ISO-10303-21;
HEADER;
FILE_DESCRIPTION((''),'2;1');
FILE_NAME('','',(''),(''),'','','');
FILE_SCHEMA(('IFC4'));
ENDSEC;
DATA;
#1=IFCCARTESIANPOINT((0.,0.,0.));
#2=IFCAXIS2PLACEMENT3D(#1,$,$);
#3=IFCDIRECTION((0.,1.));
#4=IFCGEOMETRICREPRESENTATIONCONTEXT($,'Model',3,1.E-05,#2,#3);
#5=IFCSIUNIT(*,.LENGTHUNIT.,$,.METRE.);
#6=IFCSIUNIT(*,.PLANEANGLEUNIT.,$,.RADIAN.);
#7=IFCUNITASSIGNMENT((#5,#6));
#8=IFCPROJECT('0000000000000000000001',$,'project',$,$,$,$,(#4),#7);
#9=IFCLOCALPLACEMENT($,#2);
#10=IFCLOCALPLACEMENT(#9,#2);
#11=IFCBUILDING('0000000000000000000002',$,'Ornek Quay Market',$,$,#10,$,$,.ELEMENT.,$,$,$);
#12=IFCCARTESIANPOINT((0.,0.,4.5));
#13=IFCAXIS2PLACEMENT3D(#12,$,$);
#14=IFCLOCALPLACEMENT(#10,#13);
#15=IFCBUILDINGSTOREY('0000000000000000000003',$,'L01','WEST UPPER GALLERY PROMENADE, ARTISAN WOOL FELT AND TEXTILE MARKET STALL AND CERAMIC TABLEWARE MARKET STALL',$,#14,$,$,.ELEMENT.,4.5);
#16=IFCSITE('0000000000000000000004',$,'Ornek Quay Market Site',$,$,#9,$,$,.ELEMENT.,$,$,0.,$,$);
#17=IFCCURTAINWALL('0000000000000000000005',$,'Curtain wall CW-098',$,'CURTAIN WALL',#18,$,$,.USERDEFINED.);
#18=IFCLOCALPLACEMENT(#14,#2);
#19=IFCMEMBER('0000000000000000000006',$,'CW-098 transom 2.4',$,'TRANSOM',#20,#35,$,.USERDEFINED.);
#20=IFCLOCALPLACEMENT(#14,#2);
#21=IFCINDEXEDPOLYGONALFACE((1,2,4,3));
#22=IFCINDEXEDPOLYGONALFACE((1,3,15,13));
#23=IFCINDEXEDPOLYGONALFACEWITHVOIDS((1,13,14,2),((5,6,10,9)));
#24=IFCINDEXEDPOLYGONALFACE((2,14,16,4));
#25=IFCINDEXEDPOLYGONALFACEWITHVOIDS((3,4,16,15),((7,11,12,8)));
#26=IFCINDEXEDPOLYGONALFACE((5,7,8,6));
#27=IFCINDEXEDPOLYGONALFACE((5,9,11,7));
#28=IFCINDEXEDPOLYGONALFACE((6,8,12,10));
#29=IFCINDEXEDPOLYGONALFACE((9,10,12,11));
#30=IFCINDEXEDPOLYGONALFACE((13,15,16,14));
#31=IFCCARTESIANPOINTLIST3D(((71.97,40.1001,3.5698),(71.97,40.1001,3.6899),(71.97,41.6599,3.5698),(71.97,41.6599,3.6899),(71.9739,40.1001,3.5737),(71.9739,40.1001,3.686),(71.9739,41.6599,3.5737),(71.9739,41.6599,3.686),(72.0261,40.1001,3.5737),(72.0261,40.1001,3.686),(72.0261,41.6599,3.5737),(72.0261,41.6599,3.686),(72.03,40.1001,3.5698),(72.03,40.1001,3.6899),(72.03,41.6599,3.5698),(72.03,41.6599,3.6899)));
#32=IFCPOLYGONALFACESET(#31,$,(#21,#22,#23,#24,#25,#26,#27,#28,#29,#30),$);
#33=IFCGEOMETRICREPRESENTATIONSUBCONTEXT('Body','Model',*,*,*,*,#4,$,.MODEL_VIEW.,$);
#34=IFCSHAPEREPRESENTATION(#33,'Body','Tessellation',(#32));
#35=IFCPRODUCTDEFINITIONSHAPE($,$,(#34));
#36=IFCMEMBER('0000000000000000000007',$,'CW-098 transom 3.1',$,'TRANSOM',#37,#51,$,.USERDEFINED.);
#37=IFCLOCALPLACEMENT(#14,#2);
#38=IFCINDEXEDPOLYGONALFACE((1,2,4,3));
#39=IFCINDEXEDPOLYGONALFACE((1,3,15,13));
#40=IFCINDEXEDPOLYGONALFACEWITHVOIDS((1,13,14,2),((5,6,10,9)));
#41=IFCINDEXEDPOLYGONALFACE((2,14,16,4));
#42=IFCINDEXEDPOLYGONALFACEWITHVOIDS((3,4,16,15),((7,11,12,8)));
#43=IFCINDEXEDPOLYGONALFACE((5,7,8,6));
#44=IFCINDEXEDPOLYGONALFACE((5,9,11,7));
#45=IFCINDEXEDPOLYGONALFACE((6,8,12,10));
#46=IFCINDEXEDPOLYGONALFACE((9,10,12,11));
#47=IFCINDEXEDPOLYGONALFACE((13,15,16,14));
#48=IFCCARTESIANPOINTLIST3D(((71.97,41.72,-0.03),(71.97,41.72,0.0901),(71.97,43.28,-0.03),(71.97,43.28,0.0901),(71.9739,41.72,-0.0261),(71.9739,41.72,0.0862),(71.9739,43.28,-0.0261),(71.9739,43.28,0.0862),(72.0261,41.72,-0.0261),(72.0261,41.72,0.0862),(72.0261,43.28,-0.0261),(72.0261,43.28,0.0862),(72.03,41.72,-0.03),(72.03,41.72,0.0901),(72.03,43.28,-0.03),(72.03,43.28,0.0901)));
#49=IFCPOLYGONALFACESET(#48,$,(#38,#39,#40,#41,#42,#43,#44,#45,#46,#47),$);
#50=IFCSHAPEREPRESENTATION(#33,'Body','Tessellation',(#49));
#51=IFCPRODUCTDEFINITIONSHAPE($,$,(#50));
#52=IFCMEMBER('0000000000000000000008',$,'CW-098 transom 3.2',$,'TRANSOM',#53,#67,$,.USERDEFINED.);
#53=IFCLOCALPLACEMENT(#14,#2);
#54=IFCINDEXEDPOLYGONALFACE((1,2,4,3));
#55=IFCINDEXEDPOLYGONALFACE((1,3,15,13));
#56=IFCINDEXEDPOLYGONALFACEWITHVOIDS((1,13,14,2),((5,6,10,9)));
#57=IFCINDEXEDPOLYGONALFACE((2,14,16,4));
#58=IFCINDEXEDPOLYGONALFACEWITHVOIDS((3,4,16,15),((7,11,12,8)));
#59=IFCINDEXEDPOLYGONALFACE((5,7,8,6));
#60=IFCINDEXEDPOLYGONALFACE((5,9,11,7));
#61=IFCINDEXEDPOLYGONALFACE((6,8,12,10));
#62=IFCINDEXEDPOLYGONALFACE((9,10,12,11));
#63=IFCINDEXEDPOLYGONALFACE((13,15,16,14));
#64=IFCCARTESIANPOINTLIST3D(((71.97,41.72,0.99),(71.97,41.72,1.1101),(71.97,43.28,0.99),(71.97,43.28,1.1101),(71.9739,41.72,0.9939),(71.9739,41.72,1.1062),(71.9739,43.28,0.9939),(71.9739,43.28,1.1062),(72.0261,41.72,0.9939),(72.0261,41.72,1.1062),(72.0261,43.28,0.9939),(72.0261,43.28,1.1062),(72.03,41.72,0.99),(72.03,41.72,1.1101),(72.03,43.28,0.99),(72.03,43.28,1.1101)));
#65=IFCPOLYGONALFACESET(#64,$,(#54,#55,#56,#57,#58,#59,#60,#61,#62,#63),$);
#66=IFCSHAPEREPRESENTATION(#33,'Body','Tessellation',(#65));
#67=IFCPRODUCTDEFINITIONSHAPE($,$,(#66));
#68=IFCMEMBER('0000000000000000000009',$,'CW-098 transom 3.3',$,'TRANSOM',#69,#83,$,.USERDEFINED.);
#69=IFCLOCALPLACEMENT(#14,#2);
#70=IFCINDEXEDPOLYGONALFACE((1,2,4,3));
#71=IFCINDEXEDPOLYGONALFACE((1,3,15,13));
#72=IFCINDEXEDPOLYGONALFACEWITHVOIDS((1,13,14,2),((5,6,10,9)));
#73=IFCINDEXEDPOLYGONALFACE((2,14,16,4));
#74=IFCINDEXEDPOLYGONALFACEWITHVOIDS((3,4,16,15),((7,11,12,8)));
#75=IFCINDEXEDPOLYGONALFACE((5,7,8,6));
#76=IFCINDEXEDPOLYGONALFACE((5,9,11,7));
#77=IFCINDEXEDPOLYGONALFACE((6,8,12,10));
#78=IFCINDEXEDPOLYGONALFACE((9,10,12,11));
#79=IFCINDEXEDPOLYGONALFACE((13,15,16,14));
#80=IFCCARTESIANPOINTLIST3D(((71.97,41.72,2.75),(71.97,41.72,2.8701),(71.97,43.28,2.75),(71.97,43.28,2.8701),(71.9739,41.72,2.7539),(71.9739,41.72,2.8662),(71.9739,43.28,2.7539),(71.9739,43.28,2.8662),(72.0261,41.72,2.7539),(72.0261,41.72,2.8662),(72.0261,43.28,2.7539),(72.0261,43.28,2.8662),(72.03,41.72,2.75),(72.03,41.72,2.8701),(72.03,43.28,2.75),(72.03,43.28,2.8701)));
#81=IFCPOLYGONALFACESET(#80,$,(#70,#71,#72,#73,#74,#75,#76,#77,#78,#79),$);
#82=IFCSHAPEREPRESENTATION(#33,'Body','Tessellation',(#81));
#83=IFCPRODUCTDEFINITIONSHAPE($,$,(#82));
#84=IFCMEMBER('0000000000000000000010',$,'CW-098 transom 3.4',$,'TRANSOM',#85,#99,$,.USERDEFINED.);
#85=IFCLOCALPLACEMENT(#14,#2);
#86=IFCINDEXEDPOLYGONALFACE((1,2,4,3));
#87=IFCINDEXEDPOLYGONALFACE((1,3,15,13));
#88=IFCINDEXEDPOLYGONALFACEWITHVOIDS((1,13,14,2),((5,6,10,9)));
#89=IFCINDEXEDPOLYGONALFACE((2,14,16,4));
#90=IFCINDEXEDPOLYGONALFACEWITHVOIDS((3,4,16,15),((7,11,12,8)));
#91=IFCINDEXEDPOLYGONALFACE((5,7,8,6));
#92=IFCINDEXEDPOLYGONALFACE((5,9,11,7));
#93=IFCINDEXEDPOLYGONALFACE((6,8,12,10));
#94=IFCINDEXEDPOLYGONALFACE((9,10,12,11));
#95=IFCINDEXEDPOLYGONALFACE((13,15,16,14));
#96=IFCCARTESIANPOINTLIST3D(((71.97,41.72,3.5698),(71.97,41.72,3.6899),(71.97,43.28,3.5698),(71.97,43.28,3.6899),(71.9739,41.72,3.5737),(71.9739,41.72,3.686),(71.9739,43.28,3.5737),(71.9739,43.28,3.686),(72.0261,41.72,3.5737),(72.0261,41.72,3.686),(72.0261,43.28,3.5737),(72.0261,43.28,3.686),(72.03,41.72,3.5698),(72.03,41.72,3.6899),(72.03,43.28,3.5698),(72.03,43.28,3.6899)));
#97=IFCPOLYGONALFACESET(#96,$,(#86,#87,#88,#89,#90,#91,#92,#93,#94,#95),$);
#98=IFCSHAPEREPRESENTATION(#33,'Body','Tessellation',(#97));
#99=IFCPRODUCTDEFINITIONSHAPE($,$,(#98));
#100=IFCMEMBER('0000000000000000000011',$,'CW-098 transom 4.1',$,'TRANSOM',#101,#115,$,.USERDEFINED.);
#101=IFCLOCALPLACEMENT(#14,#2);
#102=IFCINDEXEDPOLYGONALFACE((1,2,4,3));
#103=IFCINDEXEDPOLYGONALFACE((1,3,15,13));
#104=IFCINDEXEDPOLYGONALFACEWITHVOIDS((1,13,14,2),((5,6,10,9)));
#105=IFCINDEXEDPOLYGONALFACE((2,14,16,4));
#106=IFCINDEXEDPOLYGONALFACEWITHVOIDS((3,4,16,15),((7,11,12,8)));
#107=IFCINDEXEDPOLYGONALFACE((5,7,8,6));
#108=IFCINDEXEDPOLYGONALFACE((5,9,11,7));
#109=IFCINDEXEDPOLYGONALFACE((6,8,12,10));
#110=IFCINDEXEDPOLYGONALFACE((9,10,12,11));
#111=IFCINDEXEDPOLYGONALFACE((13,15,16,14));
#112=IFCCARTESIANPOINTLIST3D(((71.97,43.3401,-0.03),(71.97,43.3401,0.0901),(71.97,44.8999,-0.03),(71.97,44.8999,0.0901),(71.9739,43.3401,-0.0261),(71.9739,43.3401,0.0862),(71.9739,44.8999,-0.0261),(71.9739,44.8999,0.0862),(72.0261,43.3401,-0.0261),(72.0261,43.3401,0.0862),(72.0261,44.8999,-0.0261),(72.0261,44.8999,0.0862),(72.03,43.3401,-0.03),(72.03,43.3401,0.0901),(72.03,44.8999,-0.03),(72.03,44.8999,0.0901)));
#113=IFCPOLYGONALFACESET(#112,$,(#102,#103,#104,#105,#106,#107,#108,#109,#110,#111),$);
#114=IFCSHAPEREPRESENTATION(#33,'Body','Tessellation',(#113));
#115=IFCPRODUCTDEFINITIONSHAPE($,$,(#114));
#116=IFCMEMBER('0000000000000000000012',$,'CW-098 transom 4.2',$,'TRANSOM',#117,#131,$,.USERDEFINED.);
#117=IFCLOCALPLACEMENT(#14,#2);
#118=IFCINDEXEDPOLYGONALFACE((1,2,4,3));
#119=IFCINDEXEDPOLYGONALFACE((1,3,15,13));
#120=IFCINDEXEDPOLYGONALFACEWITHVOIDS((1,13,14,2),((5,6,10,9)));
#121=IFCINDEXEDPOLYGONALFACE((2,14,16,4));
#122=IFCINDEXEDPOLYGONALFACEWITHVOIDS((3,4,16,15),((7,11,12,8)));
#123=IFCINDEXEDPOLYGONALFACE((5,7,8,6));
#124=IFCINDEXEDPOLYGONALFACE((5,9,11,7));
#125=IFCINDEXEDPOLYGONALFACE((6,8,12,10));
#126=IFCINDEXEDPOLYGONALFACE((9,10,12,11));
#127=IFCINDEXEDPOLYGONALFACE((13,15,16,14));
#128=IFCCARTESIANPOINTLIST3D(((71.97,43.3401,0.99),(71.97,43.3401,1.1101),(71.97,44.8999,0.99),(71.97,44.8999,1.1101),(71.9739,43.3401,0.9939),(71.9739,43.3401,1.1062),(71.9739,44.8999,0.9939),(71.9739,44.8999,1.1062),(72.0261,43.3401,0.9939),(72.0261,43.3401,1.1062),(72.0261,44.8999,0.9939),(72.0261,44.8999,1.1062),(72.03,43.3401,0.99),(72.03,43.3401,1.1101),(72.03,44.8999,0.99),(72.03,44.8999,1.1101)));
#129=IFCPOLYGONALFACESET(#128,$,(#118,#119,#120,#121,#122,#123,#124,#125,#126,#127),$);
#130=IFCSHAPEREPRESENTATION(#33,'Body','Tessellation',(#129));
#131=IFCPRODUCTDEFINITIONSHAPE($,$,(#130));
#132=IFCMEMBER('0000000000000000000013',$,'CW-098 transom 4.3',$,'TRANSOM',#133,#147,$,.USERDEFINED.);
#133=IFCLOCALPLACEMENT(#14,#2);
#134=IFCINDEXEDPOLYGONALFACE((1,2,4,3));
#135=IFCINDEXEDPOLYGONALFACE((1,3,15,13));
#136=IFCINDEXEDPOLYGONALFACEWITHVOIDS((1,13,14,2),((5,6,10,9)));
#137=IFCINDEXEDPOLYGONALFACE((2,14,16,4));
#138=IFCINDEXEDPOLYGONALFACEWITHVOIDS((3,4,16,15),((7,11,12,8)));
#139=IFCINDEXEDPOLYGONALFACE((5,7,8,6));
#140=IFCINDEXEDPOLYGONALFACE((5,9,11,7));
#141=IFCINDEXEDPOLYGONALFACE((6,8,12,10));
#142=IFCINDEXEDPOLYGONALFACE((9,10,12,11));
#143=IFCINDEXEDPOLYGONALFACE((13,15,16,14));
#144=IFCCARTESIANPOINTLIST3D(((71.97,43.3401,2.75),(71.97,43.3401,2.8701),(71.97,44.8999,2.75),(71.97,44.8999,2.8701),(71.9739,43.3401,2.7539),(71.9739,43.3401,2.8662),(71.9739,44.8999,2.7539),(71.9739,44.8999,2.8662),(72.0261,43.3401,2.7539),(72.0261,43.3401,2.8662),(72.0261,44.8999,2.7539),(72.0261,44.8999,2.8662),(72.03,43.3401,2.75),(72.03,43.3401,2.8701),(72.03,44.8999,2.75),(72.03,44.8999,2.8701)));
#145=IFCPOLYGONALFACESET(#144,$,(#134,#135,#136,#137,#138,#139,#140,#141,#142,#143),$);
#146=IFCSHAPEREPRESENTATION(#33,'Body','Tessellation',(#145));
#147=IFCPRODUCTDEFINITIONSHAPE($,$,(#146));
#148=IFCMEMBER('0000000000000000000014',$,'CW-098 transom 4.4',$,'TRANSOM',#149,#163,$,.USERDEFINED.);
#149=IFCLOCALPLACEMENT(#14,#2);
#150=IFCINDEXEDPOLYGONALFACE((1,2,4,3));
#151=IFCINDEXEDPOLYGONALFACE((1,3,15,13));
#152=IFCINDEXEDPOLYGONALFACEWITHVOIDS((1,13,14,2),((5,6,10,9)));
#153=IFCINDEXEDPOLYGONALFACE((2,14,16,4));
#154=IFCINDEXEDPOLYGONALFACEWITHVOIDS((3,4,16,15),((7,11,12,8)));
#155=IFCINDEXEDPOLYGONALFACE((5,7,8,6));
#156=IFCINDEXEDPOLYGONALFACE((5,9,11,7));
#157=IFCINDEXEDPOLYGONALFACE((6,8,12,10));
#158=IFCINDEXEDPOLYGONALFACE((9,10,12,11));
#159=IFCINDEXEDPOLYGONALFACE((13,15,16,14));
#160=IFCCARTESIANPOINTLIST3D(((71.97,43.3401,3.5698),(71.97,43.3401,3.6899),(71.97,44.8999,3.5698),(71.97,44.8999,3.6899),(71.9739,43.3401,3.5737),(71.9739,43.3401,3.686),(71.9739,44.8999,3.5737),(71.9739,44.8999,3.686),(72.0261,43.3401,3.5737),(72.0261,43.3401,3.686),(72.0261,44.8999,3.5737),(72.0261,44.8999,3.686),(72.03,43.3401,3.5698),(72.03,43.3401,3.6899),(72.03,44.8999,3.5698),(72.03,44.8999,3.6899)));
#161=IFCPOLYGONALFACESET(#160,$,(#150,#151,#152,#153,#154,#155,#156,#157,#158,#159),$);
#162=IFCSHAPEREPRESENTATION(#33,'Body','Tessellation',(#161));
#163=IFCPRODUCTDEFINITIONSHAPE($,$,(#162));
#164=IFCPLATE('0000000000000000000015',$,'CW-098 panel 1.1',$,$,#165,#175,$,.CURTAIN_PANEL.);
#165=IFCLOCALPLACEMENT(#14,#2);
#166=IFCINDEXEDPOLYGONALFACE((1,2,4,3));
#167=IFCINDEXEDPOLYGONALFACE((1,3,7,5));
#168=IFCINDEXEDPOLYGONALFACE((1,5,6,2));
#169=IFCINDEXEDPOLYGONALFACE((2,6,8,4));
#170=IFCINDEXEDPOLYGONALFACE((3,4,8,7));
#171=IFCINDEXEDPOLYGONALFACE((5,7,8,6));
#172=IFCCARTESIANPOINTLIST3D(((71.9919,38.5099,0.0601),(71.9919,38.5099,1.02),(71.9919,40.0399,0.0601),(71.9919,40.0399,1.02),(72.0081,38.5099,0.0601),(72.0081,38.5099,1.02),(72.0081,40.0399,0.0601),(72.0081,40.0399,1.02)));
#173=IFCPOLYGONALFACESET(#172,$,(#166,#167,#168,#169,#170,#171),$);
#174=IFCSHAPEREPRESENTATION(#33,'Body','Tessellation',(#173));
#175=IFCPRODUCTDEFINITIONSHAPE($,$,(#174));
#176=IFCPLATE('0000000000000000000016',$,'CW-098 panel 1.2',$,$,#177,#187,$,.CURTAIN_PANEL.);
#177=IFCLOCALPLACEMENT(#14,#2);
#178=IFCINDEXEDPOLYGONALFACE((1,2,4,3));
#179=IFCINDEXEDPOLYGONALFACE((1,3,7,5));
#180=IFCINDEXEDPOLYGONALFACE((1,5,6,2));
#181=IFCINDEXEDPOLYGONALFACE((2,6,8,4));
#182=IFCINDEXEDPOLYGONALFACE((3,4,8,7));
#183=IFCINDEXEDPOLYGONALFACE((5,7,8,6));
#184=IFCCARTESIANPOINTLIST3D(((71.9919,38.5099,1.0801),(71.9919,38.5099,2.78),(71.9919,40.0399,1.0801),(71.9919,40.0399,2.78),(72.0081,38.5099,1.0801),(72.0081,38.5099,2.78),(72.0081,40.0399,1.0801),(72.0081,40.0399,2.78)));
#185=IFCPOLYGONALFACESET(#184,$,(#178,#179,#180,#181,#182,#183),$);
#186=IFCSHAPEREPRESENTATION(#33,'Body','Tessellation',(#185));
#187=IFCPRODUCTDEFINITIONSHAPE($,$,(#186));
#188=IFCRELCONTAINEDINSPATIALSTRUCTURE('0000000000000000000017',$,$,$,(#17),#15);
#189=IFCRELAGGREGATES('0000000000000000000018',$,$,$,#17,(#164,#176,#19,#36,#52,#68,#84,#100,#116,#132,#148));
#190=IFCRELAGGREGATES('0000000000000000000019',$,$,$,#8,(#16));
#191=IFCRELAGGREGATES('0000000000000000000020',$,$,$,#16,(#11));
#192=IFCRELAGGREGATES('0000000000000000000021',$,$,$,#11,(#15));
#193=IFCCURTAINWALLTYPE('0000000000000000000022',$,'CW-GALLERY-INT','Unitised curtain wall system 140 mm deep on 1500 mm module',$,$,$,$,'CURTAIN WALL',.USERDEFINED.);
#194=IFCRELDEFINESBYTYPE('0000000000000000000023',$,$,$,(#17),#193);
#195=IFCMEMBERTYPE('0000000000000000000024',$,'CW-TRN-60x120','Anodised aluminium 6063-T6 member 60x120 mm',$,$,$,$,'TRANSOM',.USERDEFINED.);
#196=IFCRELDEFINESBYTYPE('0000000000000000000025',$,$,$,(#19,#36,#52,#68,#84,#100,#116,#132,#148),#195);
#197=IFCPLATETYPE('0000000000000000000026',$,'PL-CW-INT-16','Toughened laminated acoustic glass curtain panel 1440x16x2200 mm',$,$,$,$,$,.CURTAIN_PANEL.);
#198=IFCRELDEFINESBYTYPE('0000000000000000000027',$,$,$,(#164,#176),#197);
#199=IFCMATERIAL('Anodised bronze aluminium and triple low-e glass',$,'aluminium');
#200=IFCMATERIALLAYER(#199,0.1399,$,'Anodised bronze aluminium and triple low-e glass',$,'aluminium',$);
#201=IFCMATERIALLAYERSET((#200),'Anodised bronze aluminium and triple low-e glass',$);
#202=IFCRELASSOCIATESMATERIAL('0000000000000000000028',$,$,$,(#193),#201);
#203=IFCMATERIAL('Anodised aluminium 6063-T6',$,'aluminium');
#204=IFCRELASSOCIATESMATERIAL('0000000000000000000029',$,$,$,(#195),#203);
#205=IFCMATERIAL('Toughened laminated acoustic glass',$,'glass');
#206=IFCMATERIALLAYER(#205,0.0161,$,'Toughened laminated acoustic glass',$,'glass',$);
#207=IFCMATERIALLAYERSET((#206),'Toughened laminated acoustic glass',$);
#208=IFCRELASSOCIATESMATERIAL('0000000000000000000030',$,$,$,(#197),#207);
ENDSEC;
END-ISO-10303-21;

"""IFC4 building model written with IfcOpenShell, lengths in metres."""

from ifc_helpers import new_model, si_unit, direction, frame, origin, origin_2d, place, context, subcontext, project, spatial, rectangle, hollow_rectangle, extrude, material, layer, layer_set, material_profile, profile_set, type_object, element, aggregate, save


model = new_model("IFC4")

# Units and contexts
model_context = context("Model", 3, precision=1e-05, world=origin(), true_north=direction((0.0, 1.0)))
body_context = subcontext(model_context, "Body", "Model", "MODEL_VIEW")
ifc_project = project(units=[si_unit("LENGTHUNIT", "METRE"), si_unit("PLANEANGLEUNIT", "RADIAN")], contexts=[model_context])

# Site, building, storey
site_placement = place(None, origin())
site = spatial("IfcSite", under=ifc_project, at=site_placement, Name="Ornek Quay Market Site", CompositionType="ELEMENT", RefElevation=0.0)
building_placement = place(site_placement, origin())
building = spatial("IfcBuilding", under=site, at=building_placement, Name="Ornek Quay Market", CompositionType="ELEMENT")
storey_placement = place(building_placement, frame((0.0, 0.0, 4.5)))
storey = spatial("IfcBuildingStorey", under=building, at=storey_placement, Name="L01", Description="WEST UPPER GALLERY PROMENADE, ARTISAN WOOL FELT AND TEXTILE MARKET STALL AND CERAMIC TABLEWARE MARKET STALL", CompositionType="ELEMENT", Elevation=4.5)

# Curtain wall, members, plates
ifc_material_1 = material(Name="Anodised bronze aluminium and triple low-e glass", Category="aluminium")
ifc_layer_1 = layer(ifc_material_1, 0.1399, Name="Anodised bronze aluminium and triple low-e glass", Category="aluminium")
ifc_layer_set_1 = layer_set([ifc_layer_1], Name="Anodised bronze aluminium and triple low-e glass")
curtain_wall_type = type_object("IfcCurtainWallType", Name="CW-GALLERY-INT", Description="Unitised curtain wall system 140 mm deep on 1500 mm module", ElementType="CURTAIN WALL", PredefinedType="USERDEFINED", material=ifc_layer_set_1)
curtain_wall_placement = place(storey_placement, origin())
curtain_wall = element("IfcCurtainWall", 1, at=curtain_wall_placement, inside=storey, type_object=curtain_wall_type, Name="Curtain wall CW-098", ObjectType="CURTAIN WALL", PredefinedType="USERDEFINED")
ifc_material_2 = material(Name="Anodised aluminium 6063-T6", Category="aluminium")
ifc_material_profile_1 = material_profile(ifc_material_2, hollow_rectangle(XDim=0.0601, YDim=0.1201, WallThickness=0.0039, at=origin_2d()), Name="CW-TRN-60x120", Category="aluminium")
ifc_profile_set_1 = profile_set([ifc_material_profile_1], Name="Anodised aluminium 6063-T6")
member_type_1 = type_object("IfcMemberType", Name="CW-TRN-60x120", Description="Anodised aluminium 6063-T6 member 60x120 mm", ElementType="TRANSOM", PredefinedType="USERDEFINED", material=ifc_profile_set_1)
member_1_placement = place(storey_placement, frame((72.0, 40.1001, 3.6299), z_axis=(0.0, 1.0, 0.0), x_axis=(-1.0, 0.0, 0.0)))
member_1 = element("IfcMember", 2, at=member_1_placement, type_object=member_type_1, Name="CW-098 transom 2.4", ObjectType="TRANSOM", PredefinedType="USERDEFINED", context=body_context, shape_type="SweptSolid", body=[
    extrude(hollow_rectangle(XDim=0.0601, YDim=0.1201, WallThickness=0.0039, at=origin_2d()), origin(), (0.0, 0.0, 1.0), 1.5598),
])
member_2_placement = place(storey_placement, frame((72.0, 41.72, 0.03), z_axis=(0.0, 1.0, 0.0), x_axis=(-1.0, 0.0, 0.0)))
member_2 = element("IfcMember", 3, at=member_2_placement, type_object=member_type_1, Name="CW-098 transom 3.1", ObjectType="TRANSOM", PredefinedType="USERDEFINED", context=body_context, shape_type="SweptSolid", body=[
    extrude(hollow_rectangle(XDim=0.0601, YDim=0.1201, WallThickness=0.0039, at=origin_2d()), origin(), (0.0, 0.0, 1.0), 1.5601),
])
member_3_placement = place(storey_placement, frame((72.0, 41.72, 1.05), z_axis=(0.0, 1.0, 0.0), x_axis=(-1.0, 0.0, 0.0)))
member_3 = element("IfcMember", 4, at=member_3_placement, type_object=member_type_1, Name="CW-098 transom 3.2", ObjectType="TRANSOM", PredefinedType="USERDEFINED", context=body_context, shape_type="SweptSolid", body=[
    extrude(hollow_rectangle(XDim=0.0601, YDim=0.1201, WallThickness=0.0039, at=origin_2d()), origin(), (0.0, 0.0, 1.0), 1.5601),
])
member_4_placement = place(storey_placement, frame((72.0, 41.72, 2.8101), z_axis=(0.0, 1.0, 0.0), x_axis=(-1.0, 0.0, 0.0)))
member_4 = element("IfcMember", 5, at=member_4_placement, type_object=member_type_1, Name="CW-098 transom 3.3", ObjectType="TRANSOM", PredefinedType="USERDEFINED", context=body_context, shape_type="SweptSolid", body=[
    extrude(hollow_rectangle(XDim=0.0601, YDim=0.1201, WallThickness=0.0039, at=origin_2d()), origin(), (0.0, 0.0, 1.0), 1.5601),
])
member_5_placement = place(storey_placement, frame((72.0, 41.72, 3.6299), z_axis=(0.0, 1.0, 0.0), x_axis=(-1.0, 0.0, 0.0)))
member_5 = element("IfcMember", 6, at=member_5_placement, type_object=member_type_1, Name="CW-098 transom 3.4", ObjectType="TRANSOM", PredefinedType="USERDEFINED", context=body_context, shape_type="SweptSolid", body=[
    extrude(hollow_rectangle(XDim=0.0601, YDim=0.1201, WallThickness=0.0039, at=origin_2d()), origin(), (0.0, 0.0, 1.0), 1.5601),
])
member_6_placement = place(storey_placement, frame((72.0, 43.3401, 0.03), z_axis=(0.0, 1.0, 0.0), x_axis=(-1.0, 0.0, 0.0)))
member_6 = element("IfcMember", 7, at=member_6_placement, type_object=member_type_1, Name="CW-098 transom 4.1", ObjectType="TRANSOM", PredefinedType="USERDEFINED", context=body_context, shape_type="SweptSolid", body=[
    extrude(hollow_rectangle(XDim=0.0601, YDim=0.1201, WallThickness=0.0039, at=origin_2d()), origin(), (0.0, 0.0, 1.0), 1.5598),
])
member_7_placement = place(storey_placement, frame((72.0, 43.3401, 1.05), z_axis=(0.0, 1.0, 0.0), x_axis=(-1.0, 0.0, 0.0)))
member_7 = element("IfcMember", 8, at=member_7_placement, type_object=member_type_1, Name="CW-098 transom 4.2", ObjectType="TRANSOM", PredefinedType="USERDEFINED", context=body_context, shape_type="SweptSolid", body=[
    extrude(hollow_rectangle(XDim=0.0601, YDim=0.1201, WallThickness=0.0039, at=origin_2d()), origin(), (0.0, 0.0, 1.0), 1.5598),
])
member_8_placement = place(storey_placement, frame((72.0, 43.3401, 2.8101), z_axis=(0.0, 1.0, 0.0), x_axis=(-1.0, 0.0, 0.0)))
member_8 = element("IfcMember", 9, at=member_8_placement, type_object=member_type_1, Name="CW-098 transom 4.3", ObjectType="TRANSOM", PredefinedType="USERDEFINED", context=body_context, shape_type="SweptSolid", body=[
    extrude(hollow_rectangle(XDim=0.0601, YDim=0.1201, WallThickness=0.0039, at=origin_2d()), origin(), (0.0, 0.0, 1.0), 1.5598),
])
member_9_placement = place(storey_placement, frame((72.0, 43.3401, 3.6299), z_axis=(0.0, 1.0, 0.0), x_axis=(-1.0, 0.0, 0.0)))
member_9 = element("IfcMember", 10, at=member_9_placement, type_object=member_type_1, Name="CW-098 transom 4.4", ObjectType="TRANSOM", PredefinedType="USERDEFINED", context=body_context, shape_type="SweptSolid", body=[
    extrude(hollow_rectangle(XDim=0.0601, YDim=0.1201, WallThickness=0.0039, at=origin_2d()), origin(), (0.0, 0.0, 1.0), 1.5598),
])
ifc_material_3 = material(Name="Toughened laminated acoustic glass", Category="glass")
ifc_layer_2 = layer(ifc_material_3, 0.0161, Name="Toughened laminated acoustic glass", Category="glass")
ifc_layer_set_2 = layer_set([ifc_layer_2], Name="Toughened laminated acoustic glass")
plate_type = type_object("IfcPlateType", Name="PL-CW-INT-16", Description="Toughened laminated acoustic glass curtain panel 1440x16x2200 mm", PredefinedType="CURTAIN_PANEL", material=ifc_layer_set_2)
plate_1_placement = place(storey_placement, frame((72.0, 39.2749, 0.0601), z_axis=(0.0, 0.0, 1.0), x_axis=(0.0, 1.0, 0.0)))
plate_1 = element("IfcPlate", 11, at=plate_1_placement, type_object=plate_type, Name="CW-098 panel 1.1", PredefinedType="CURTAIN_PANEL", context=body_context, shape_type="SweptSolid", body=[
    extrude(rectangle(XDim=1.53, YDim=0.0161, at=origin_2d()), origin(), (0.0, 0.0, 1.0), 0.96),
])
plate_2_placement = place(storey_placement, frame((72.0, 39.2749, 1.0801), z_axis=(0.0, 0.0, 1.0), x_axis=(0.0, 1.0, 0.0)))
plate_2 = element("IfcPlate", 12, at=plate_2_placement, type_object=plate_type, Name="CW-098 panel 1.2", PredefinedType="CURTAIN_PANEL", context=body_context, shape_type="SweptSolid", body=[
    extrude(rectangle(XDim=1.53, YDim=0.0161, at=origin_2d()), origin(), (0.0, 0.0, 1.0), 1.7),
])
aggregate(curtain_wall, [plate_1, plate_2, member_1, member_2, member_3, member_4, member_5, member_6, member_7, member_8, member_9])

save(model, "model.ifc")
